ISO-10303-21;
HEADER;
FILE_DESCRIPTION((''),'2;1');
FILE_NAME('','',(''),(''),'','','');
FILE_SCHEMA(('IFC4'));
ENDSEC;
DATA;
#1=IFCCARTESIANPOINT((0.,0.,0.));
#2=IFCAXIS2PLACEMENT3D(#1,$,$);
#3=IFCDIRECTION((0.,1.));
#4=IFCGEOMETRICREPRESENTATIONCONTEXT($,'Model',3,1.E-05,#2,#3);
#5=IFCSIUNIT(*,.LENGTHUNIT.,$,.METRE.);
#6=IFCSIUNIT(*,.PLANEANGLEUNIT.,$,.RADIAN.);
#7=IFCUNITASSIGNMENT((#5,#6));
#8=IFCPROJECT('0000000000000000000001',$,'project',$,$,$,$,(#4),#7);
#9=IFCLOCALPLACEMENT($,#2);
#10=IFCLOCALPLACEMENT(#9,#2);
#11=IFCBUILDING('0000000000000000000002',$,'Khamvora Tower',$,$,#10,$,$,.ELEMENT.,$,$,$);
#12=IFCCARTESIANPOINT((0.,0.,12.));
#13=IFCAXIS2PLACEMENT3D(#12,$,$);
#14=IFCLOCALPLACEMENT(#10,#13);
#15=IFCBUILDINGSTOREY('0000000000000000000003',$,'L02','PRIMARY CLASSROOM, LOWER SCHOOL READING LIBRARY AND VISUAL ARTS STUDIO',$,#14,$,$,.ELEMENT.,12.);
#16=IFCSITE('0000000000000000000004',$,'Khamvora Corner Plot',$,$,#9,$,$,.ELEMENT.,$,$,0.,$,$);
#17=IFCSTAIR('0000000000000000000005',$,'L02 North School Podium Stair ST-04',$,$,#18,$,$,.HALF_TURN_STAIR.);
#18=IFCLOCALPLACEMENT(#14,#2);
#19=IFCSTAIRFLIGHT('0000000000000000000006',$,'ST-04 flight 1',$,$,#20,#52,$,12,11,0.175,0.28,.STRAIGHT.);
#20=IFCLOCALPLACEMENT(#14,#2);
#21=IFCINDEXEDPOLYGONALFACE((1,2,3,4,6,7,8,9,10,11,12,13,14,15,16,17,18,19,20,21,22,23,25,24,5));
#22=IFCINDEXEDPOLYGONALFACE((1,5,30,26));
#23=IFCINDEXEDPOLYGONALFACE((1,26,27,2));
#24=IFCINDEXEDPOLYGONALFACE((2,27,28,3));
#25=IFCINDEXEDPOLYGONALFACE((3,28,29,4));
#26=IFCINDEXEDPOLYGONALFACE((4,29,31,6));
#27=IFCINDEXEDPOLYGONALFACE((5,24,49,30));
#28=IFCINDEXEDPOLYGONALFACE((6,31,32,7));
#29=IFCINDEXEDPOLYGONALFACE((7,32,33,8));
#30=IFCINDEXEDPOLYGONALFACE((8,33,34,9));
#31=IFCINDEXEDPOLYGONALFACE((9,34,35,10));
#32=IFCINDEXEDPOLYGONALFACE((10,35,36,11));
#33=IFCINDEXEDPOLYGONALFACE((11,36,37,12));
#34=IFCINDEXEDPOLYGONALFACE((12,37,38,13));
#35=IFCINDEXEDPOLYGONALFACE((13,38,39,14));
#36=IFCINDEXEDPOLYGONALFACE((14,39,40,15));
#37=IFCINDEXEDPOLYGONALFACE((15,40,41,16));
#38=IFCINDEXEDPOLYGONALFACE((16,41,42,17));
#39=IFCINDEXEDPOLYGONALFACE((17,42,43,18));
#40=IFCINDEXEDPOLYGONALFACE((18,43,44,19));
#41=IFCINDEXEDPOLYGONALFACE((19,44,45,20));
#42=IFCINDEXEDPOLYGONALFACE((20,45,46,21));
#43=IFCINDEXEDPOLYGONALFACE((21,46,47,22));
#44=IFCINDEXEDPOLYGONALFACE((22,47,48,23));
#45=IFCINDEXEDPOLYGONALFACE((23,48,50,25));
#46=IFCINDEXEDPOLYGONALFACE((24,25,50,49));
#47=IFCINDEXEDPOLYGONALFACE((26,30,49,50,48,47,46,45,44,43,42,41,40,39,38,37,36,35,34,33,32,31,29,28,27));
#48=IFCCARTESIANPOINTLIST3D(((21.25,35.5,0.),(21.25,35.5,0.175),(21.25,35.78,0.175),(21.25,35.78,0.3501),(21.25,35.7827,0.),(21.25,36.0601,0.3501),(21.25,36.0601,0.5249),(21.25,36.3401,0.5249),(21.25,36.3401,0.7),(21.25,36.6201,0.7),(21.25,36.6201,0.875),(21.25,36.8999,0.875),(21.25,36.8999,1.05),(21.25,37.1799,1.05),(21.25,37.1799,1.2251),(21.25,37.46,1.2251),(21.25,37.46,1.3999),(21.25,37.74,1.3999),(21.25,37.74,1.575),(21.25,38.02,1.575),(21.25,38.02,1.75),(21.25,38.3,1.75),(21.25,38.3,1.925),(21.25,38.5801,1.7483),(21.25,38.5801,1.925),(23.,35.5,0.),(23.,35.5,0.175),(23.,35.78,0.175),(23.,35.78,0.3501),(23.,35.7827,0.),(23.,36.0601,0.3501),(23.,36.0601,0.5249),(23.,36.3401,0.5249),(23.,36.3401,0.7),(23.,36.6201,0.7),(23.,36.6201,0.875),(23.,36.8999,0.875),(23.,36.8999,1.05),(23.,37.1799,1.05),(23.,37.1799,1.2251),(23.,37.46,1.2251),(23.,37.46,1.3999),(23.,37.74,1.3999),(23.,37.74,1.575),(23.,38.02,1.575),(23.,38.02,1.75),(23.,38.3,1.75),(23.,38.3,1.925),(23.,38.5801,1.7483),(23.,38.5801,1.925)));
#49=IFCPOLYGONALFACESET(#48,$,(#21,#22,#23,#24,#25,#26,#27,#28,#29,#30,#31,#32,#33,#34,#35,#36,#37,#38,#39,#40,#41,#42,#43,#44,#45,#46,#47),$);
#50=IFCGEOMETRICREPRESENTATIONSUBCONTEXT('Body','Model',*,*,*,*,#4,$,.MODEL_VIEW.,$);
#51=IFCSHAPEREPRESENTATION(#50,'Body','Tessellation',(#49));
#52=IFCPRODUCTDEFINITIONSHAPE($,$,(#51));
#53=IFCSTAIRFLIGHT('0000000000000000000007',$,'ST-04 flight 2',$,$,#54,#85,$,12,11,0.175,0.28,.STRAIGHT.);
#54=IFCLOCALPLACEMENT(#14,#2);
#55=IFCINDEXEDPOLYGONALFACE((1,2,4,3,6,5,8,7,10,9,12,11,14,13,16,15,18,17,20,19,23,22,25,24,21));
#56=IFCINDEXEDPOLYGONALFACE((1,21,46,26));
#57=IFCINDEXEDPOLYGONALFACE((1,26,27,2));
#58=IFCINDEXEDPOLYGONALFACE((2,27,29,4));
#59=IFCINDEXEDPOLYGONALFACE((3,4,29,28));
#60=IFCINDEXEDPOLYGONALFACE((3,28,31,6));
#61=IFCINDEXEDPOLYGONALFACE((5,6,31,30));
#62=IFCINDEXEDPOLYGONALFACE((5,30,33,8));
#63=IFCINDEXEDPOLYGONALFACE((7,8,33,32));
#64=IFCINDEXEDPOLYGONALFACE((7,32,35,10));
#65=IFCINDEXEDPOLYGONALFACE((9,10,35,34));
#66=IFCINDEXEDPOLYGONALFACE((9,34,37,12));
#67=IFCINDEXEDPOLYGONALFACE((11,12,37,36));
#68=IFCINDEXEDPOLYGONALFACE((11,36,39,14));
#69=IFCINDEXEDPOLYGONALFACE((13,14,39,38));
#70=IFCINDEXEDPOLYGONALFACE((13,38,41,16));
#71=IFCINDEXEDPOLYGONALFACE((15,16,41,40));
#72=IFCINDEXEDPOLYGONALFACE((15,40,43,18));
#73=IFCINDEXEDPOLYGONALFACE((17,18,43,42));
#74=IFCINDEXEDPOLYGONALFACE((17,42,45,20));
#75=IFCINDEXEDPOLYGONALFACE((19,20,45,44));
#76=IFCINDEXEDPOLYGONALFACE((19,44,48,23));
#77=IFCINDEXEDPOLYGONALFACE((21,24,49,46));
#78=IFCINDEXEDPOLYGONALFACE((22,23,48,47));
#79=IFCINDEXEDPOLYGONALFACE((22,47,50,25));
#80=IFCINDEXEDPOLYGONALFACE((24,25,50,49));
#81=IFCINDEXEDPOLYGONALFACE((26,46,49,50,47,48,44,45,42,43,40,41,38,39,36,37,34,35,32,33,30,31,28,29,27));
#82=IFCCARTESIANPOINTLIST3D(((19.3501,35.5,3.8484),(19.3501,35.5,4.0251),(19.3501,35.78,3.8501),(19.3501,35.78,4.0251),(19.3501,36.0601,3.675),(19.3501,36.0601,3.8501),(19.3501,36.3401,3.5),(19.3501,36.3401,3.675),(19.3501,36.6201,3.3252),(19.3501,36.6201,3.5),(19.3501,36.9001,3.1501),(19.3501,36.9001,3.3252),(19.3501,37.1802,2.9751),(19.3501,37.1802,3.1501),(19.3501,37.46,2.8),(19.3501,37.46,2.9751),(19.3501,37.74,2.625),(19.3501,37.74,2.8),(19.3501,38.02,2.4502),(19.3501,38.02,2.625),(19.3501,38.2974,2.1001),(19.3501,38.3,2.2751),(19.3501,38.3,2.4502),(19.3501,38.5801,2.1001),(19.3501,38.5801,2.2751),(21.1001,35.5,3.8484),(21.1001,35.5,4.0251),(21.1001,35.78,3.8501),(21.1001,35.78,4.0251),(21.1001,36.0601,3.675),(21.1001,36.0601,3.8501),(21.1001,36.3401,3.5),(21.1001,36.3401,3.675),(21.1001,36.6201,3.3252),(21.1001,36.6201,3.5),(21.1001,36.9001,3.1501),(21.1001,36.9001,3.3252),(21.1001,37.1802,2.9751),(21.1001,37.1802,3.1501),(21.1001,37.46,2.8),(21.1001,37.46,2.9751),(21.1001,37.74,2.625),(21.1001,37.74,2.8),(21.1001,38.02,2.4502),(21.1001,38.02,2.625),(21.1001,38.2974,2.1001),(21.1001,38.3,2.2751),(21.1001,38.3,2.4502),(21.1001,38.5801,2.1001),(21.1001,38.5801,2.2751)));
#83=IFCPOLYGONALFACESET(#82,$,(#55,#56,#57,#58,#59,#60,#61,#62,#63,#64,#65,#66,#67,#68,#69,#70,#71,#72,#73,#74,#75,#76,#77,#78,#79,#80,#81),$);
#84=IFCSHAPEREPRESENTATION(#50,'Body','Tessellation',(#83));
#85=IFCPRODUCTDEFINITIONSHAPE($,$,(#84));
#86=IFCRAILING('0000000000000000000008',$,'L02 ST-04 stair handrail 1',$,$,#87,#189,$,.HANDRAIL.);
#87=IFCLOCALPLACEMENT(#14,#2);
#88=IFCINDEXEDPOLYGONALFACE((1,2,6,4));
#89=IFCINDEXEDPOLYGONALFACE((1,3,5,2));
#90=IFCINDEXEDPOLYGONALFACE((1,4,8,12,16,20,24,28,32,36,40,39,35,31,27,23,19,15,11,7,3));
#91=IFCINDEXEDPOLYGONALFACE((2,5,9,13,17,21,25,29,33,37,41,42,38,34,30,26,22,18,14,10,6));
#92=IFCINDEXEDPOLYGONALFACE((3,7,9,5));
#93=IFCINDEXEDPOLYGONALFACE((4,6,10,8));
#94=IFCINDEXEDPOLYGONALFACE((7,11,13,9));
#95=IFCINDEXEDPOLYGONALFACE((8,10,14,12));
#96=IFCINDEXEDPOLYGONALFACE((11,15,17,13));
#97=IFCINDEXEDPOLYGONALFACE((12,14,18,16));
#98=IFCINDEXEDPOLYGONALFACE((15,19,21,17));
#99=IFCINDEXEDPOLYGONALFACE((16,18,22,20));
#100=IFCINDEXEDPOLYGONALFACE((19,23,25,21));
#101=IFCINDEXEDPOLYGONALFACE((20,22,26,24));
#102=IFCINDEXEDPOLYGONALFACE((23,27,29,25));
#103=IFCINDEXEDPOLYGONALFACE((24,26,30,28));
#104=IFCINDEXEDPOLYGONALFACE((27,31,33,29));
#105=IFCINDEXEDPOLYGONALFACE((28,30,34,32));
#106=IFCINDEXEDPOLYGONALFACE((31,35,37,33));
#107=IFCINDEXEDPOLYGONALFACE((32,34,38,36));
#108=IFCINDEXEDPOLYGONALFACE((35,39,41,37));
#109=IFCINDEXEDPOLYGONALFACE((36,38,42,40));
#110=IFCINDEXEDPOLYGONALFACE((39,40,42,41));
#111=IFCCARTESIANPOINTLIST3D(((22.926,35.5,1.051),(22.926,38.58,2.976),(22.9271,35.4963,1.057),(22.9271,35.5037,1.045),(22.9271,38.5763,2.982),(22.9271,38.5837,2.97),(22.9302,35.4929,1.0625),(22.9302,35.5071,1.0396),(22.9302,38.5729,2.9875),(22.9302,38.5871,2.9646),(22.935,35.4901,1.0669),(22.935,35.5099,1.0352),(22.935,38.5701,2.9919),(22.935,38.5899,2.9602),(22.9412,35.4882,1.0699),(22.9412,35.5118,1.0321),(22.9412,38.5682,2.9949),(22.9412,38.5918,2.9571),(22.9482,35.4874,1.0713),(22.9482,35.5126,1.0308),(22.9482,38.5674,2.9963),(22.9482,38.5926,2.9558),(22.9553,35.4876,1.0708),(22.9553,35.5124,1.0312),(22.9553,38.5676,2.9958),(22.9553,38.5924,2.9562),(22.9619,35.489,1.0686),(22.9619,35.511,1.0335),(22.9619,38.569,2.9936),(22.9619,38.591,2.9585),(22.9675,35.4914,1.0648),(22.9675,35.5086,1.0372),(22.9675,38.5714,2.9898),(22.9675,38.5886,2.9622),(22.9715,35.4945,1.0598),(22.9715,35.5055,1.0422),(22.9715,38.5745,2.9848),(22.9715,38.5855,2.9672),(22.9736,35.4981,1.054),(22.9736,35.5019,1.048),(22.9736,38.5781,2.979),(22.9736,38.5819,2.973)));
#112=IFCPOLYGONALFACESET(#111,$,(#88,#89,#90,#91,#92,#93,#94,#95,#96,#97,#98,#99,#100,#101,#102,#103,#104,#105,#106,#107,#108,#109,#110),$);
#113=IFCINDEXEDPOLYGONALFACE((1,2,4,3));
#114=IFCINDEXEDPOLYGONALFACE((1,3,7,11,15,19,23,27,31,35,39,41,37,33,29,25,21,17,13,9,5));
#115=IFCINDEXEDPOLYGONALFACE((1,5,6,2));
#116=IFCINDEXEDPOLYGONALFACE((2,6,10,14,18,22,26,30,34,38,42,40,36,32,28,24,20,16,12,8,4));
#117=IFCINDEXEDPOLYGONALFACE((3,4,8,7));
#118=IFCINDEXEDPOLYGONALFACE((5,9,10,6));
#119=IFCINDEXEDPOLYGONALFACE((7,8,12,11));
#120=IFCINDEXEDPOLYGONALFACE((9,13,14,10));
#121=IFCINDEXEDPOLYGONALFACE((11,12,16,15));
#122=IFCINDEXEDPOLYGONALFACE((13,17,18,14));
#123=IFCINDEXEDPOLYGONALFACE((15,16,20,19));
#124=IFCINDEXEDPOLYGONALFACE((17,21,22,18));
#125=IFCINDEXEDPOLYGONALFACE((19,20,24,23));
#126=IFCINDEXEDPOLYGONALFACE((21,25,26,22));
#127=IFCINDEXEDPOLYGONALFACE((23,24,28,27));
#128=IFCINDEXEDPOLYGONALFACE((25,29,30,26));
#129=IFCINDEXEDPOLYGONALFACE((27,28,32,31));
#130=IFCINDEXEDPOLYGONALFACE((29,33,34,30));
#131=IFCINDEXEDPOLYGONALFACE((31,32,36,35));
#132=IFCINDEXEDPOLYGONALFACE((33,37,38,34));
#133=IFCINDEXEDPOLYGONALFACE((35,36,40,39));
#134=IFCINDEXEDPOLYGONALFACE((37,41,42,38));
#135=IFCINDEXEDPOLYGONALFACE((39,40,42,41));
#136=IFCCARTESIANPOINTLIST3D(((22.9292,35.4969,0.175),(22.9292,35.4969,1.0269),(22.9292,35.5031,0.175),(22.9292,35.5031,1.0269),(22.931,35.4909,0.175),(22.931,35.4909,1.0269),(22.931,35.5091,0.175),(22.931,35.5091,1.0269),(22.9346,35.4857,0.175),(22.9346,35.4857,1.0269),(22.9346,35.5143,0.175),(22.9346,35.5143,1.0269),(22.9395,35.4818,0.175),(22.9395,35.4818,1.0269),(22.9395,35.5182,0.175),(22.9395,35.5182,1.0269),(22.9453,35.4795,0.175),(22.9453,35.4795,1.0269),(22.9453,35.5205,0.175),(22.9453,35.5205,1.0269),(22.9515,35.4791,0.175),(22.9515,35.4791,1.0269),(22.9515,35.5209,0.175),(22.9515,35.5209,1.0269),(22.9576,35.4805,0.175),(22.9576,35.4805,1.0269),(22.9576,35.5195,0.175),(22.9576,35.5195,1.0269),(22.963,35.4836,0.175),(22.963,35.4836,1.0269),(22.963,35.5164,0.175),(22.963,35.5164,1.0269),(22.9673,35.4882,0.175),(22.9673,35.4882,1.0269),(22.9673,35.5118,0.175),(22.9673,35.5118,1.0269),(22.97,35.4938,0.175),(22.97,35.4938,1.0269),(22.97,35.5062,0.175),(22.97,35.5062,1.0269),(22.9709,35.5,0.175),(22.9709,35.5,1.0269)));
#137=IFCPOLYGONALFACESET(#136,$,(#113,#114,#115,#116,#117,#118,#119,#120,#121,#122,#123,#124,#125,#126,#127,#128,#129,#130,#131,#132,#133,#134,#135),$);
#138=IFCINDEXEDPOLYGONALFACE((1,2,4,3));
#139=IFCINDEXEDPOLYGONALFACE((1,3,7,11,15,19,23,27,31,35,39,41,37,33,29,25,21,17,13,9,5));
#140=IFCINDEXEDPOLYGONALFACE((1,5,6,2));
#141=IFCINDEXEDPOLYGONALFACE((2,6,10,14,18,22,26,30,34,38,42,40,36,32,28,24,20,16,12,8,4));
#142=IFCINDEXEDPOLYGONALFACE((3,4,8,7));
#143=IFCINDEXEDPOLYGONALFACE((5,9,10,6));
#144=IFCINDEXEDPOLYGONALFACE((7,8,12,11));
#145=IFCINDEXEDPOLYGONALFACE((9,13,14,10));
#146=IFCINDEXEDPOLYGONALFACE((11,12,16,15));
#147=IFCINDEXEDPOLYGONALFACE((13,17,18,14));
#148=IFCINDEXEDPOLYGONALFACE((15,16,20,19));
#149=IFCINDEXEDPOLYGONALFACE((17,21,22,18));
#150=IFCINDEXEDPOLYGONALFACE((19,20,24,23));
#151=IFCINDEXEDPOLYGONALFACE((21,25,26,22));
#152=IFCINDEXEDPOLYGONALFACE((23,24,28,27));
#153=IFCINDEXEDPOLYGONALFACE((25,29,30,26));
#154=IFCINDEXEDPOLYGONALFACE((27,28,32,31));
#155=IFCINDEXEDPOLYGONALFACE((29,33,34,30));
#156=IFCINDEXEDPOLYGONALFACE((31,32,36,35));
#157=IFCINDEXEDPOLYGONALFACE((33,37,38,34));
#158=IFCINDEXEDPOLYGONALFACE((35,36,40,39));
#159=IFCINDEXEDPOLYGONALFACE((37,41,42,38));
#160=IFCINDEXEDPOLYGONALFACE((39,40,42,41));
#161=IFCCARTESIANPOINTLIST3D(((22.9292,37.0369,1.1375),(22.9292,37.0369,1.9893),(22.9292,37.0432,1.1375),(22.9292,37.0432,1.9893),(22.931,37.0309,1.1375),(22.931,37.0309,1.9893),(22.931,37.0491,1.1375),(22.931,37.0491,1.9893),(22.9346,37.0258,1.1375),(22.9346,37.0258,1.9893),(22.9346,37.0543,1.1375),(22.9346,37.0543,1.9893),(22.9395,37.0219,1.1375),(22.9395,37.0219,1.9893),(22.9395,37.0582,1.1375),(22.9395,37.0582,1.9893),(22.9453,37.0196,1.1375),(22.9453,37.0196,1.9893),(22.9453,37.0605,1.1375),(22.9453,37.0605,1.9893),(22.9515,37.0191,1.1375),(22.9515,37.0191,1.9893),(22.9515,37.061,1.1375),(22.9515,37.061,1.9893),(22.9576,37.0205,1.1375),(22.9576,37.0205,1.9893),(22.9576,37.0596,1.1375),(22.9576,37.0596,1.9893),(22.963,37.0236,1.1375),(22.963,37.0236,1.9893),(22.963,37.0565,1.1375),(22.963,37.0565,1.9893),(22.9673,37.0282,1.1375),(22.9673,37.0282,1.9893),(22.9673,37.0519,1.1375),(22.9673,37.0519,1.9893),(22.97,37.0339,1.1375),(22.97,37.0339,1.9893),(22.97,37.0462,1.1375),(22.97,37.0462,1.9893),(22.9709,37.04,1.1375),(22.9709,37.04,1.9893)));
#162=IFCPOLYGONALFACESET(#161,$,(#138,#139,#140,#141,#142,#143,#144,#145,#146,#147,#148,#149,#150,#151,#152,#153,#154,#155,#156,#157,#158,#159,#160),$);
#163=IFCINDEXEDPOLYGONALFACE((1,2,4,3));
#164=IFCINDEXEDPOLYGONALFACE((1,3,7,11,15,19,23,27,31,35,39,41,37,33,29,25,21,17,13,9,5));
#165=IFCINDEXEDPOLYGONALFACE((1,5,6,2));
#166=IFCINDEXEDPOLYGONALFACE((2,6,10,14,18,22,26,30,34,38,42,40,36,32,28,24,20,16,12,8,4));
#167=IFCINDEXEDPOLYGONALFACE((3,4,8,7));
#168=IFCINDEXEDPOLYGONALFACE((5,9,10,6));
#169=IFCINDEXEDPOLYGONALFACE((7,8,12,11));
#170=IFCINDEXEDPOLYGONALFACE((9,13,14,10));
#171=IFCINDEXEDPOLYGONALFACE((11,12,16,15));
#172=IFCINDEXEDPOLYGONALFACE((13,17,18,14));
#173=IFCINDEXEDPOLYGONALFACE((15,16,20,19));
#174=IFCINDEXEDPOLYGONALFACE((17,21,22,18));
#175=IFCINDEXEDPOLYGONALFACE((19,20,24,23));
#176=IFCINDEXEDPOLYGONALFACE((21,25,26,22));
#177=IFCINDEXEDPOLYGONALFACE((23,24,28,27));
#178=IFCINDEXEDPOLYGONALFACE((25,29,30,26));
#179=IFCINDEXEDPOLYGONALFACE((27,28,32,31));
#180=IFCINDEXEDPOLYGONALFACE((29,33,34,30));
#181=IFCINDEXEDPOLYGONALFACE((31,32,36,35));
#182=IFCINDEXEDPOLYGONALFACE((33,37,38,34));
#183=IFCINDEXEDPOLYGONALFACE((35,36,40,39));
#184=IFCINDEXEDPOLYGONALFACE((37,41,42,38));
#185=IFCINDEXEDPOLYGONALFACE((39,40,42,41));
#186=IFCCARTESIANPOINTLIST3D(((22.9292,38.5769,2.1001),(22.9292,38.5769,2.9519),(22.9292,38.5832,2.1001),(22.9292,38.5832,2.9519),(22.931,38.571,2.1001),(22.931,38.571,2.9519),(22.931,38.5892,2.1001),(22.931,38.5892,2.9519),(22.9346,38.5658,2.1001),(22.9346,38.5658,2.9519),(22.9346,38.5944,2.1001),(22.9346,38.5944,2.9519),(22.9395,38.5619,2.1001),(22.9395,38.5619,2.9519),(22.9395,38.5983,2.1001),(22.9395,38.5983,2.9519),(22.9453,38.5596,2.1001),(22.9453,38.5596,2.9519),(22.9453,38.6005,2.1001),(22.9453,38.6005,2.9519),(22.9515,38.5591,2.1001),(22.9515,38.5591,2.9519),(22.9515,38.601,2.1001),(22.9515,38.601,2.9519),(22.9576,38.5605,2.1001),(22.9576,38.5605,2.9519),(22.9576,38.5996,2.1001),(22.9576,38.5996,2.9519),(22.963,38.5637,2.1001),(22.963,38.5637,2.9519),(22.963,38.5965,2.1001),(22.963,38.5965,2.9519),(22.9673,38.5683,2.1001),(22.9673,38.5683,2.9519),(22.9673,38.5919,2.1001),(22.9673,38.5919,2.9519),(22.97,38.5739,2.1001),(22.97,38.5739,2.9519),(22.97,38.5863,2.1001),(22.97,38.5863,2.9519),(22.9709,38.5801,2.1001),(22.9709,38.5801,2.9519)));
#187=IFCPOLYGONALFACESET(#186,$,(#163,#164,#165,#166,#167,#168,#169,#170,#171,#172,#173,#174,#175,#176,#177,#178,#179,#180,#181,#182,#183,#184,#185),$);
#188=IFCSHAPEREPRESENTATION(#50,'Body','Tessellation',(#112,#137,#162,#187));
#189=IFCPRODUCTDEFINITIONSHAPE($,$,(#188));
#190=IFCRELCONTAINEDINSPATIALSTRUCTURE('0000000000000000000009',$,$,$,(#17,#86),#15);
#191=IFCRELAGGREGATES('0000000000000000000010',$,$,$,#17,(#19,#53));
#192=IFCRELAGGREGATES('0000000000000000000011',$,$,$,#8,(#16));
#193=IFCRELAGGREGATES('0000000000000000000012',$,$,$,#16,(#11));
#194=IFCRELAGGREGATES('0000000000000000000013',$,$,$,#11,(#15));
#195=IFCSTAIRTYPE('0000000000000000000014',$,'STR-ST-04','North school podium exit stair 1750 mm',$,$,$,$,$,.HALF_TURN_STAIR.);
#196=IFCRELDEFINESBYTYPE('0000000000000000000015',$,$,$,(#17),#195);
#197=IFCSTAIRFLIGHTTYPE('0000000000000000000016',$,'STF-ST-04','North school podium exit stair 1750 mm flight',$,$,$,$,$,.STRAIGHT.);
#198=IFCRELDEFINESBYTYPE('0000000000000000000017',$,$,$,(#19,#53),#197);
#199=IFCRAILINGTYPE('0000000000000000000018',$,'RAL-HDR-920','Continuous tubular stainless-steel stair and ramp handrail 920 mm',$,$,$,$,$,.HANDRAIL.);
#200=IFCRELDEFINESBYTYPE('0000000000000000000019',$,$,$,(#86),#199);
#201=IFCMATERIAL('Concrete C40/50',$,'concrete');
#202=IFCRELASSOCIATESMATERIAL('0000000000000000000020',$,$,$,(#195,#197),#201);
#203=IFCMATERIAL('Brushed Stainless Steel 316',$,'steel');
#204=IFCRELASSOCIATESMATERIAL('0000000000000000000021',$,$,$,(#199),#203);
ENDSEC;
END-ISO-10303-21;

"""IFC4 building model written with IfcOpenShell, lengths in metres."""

from ifc_helpers import new_model, si_unit, direction, frame, origin, origin_2d, place, context, subcontext, project, spatial, polyline, circle, outline, extrude, material, type_object, element, aggregate, save


model = new_model("IFC4")

# Units and contexts
model_context = context("Model", 3, precision=1e-05, world=origin(), true_north=direction((0.0, 1.0)))
body_context = subcontext(model_context, "Body", "Model", "MODEL_VIEW")
ifc_project = project(units=[si_unit("LENGTHUNIT", "METRE"), si_unit("PLANEANGLEUNIT", "RADIAN")], contexts=[model_context])

# Site, building, storey
site_placement = place(None, origin())
site = spatial("IfcSite", under=ifc_project, at=site_placement, Name="Khamvora Corner Plot", CompositionType="ELEMENT", RefElevation=0.0)
building_placement = place(site_placement, origin())
building = spatial("IfcBuilding", under=site, at=building_placement, Name="Khamvora Tower", CompositionType="ELEMENT")
storey_placement = place(building_placement, frame((0.0, 0.0, 12.0)))
storey = spatial("IfcBuildingStorey", under=building, at=storey_placement, Name="L02", Description="PRIMARY CLASSROOM, LOWER SCHOOL READING LIBRARY AND VISUAL ARTS STUDIO", CompositionType="ELEMENT", Elevation=12.0)

# Shared definitions
ifc_material_1 = material(Name="Concrete C40/50", Category="concrete")

# Stair, stair flights
stair_type = type_object("IfcStairType", Name="STR-ST-04", Description="North school podium exit stair 1750 mm", PredefinedType="HALF_TURN_STAIR", material=ifc_material_1)
stair_placement = place(storey_placement, origin())
stair = element("IfcStair", 1, at=stair_placement, inside=storey, type_object=stair_type, Name="L02 North School Podium Stair ST-04", PredefinedType="HALF_TURN_STAIR")
stair_flight_type = type_object("IfcStairFlightType", Name="STF-ST-04", Description="North school podium exit stair 1750 mm flight", PredefinedType="STRAIGHT", material=ifc_material_1)
stair_flight_1_placement = place(storey_placement, frame((22.125, 35.5, 0.0), z_axis=(0.0, 0.0, 1.0), x_axis=(0.0, 1.0, 0.0)))
stair_flight_1 = element("IfcStairFlight", 2, at=stair_flight_1_placement, type_object=stair_flight_type, Name="ST-04 flight 1", NumberOfRisers=12, NumberOfTreads=11, PredefinedType="STRAIGHT", RiserHeight=0.175, TreadLength=0.28, context=body_context, shape_type="SweptSolid", body=[
    extrude(outline(polyline([(0.0, 0.0), (0.0, 0.175), (0.28, 0.175), (0.28, 0.3501), (0.5601, 0.3501), (0.5601, 0.5249), (0.8401, 0.5249), (0.8401, 0.7), (1.1201, 0.7), (1.1201, 0.875), (1.3999, 0.875), (1.3999, 1.05), (1.6799, 1.05), (1.6799, 1.2251), (1.96, 1.2251), (1.96, 1.3999), (2.24, 1.3999), (2.24, 1.575), (2.52, 1.575), (2.52, 1.75), (2.8, 1.75), (2.8, 1.925), (3.0801, 1.925), (3.0801, 2.1001), (3.0801, 1.7483), (0.2827, 0.0), (0.0, 0.0)])), frame((0.0, 0.875, 0.0), z_axis=(0.0, -1.0, 0.0), x_axis=(1.0, 0.0, 0.0)), (0.0, 0.0, 1.0), 1.75),
])
stair_flight_2_placement = place(storey_placement, frame((20.2251, 38.5801, 2.1001), z_axis=(0.0, 0.0, 1.0), x_axis=(0.0, -1.0, 0.0)))
stair_flight_2 = element("IfcStairFlight", 3, at=stair_flight_2_placement, type_object=stair_flight_type, Name="ST-04 flight 2", NumberOfRisers=12, NumberOfTreads=11, PredefinedType="STRAIGHT", RiserHeight=0.175, TreadLength=0.28, context=body_context, shape_type="SweptSolid", body=[
    extrude(outline(polyline([(0.0, 0.0), (0.0, 0.175), (0.28, 0.175), (0.28, 0.3501), (0.5601, 0.3501), (0.5601, 0.5249), (0.8401, 0.5249), (0.8401, 0.7), (1.1201, 0.7), (1.1201, 0.875), (1.3999, 0.875), (1.3999, 1.05), (1.6799, 1.05), (1.6799, 1.2251), (1.96, 1.2251), (1.96, 1.3999), (2.24, 1.3999), (2.24, 1.575), (2.52, 1.575), (2.52, 1.75), (2.8, 1.75), (2.8, 1.925), (3.0801, 1.925), (3.0801, 2.1001), (3.0801, 1.7483), (0.2827, 0.0), (0.0, 0.0)])), frame((0.0, 0.875, 0.0), z_axis=(0.0, -1.0, 0.0), x_axis=(1.0, 0.0, 0.0)), (0.0, 0.0, 1.0), 1.75),
])
aggregate(stair, [stair_flight_1, stair_flight_2])

# Railing
ifc_material_2 = material(Name="Brushed Stainless Steel 316", Category="steel")
railing_type_1 = type_object("IfcRailingType", Name="RAL-HDR-920", Description="Continuous tubular stainless-steel stair and ramp handrail 920 mm", PredefinedType="HANDRAIL", material=ifc_material_2)
railing_1_placement = place(storey_placement, frame((22.95, 35.5, 0.175)))
element("IfcRailing", 4, at=railing_1_placement, inside=storey, type_object=railing_type_1, Name="L02 ST-04 stair handrail 1", PredefinedType="HANDRAIL", context=body_context, shape_type="SweptSolid", body=[
    extrude(circle(Radius=0.0239, at=origin_2d()), frame((0.0, 0.0, 0.876), z_axis=(0.0, 0.847998, 0.529999), x_axis=(-1.0, 0.0, 0.0)), (0.0, 0.0, 1.0), 3.6321),
    extrude(circle(Radius=0.021, at=origin_2d()), origin(), (0.0, 0.0, 1.0), 0.8518),
    extrude(circle(Radius=0.021, at=origin_2d()), frame((0.0, 1.54, 0.9624)), (0.0, 0.0, 1.0), 0.8518),
    extrude(circle(Radius=0.021, at=origin_2d()), frame((0.0, 3.0801, 1.925)), (0.0, 0.0, 1.0), 0.8518),
])

save(model, "model.ifc")
